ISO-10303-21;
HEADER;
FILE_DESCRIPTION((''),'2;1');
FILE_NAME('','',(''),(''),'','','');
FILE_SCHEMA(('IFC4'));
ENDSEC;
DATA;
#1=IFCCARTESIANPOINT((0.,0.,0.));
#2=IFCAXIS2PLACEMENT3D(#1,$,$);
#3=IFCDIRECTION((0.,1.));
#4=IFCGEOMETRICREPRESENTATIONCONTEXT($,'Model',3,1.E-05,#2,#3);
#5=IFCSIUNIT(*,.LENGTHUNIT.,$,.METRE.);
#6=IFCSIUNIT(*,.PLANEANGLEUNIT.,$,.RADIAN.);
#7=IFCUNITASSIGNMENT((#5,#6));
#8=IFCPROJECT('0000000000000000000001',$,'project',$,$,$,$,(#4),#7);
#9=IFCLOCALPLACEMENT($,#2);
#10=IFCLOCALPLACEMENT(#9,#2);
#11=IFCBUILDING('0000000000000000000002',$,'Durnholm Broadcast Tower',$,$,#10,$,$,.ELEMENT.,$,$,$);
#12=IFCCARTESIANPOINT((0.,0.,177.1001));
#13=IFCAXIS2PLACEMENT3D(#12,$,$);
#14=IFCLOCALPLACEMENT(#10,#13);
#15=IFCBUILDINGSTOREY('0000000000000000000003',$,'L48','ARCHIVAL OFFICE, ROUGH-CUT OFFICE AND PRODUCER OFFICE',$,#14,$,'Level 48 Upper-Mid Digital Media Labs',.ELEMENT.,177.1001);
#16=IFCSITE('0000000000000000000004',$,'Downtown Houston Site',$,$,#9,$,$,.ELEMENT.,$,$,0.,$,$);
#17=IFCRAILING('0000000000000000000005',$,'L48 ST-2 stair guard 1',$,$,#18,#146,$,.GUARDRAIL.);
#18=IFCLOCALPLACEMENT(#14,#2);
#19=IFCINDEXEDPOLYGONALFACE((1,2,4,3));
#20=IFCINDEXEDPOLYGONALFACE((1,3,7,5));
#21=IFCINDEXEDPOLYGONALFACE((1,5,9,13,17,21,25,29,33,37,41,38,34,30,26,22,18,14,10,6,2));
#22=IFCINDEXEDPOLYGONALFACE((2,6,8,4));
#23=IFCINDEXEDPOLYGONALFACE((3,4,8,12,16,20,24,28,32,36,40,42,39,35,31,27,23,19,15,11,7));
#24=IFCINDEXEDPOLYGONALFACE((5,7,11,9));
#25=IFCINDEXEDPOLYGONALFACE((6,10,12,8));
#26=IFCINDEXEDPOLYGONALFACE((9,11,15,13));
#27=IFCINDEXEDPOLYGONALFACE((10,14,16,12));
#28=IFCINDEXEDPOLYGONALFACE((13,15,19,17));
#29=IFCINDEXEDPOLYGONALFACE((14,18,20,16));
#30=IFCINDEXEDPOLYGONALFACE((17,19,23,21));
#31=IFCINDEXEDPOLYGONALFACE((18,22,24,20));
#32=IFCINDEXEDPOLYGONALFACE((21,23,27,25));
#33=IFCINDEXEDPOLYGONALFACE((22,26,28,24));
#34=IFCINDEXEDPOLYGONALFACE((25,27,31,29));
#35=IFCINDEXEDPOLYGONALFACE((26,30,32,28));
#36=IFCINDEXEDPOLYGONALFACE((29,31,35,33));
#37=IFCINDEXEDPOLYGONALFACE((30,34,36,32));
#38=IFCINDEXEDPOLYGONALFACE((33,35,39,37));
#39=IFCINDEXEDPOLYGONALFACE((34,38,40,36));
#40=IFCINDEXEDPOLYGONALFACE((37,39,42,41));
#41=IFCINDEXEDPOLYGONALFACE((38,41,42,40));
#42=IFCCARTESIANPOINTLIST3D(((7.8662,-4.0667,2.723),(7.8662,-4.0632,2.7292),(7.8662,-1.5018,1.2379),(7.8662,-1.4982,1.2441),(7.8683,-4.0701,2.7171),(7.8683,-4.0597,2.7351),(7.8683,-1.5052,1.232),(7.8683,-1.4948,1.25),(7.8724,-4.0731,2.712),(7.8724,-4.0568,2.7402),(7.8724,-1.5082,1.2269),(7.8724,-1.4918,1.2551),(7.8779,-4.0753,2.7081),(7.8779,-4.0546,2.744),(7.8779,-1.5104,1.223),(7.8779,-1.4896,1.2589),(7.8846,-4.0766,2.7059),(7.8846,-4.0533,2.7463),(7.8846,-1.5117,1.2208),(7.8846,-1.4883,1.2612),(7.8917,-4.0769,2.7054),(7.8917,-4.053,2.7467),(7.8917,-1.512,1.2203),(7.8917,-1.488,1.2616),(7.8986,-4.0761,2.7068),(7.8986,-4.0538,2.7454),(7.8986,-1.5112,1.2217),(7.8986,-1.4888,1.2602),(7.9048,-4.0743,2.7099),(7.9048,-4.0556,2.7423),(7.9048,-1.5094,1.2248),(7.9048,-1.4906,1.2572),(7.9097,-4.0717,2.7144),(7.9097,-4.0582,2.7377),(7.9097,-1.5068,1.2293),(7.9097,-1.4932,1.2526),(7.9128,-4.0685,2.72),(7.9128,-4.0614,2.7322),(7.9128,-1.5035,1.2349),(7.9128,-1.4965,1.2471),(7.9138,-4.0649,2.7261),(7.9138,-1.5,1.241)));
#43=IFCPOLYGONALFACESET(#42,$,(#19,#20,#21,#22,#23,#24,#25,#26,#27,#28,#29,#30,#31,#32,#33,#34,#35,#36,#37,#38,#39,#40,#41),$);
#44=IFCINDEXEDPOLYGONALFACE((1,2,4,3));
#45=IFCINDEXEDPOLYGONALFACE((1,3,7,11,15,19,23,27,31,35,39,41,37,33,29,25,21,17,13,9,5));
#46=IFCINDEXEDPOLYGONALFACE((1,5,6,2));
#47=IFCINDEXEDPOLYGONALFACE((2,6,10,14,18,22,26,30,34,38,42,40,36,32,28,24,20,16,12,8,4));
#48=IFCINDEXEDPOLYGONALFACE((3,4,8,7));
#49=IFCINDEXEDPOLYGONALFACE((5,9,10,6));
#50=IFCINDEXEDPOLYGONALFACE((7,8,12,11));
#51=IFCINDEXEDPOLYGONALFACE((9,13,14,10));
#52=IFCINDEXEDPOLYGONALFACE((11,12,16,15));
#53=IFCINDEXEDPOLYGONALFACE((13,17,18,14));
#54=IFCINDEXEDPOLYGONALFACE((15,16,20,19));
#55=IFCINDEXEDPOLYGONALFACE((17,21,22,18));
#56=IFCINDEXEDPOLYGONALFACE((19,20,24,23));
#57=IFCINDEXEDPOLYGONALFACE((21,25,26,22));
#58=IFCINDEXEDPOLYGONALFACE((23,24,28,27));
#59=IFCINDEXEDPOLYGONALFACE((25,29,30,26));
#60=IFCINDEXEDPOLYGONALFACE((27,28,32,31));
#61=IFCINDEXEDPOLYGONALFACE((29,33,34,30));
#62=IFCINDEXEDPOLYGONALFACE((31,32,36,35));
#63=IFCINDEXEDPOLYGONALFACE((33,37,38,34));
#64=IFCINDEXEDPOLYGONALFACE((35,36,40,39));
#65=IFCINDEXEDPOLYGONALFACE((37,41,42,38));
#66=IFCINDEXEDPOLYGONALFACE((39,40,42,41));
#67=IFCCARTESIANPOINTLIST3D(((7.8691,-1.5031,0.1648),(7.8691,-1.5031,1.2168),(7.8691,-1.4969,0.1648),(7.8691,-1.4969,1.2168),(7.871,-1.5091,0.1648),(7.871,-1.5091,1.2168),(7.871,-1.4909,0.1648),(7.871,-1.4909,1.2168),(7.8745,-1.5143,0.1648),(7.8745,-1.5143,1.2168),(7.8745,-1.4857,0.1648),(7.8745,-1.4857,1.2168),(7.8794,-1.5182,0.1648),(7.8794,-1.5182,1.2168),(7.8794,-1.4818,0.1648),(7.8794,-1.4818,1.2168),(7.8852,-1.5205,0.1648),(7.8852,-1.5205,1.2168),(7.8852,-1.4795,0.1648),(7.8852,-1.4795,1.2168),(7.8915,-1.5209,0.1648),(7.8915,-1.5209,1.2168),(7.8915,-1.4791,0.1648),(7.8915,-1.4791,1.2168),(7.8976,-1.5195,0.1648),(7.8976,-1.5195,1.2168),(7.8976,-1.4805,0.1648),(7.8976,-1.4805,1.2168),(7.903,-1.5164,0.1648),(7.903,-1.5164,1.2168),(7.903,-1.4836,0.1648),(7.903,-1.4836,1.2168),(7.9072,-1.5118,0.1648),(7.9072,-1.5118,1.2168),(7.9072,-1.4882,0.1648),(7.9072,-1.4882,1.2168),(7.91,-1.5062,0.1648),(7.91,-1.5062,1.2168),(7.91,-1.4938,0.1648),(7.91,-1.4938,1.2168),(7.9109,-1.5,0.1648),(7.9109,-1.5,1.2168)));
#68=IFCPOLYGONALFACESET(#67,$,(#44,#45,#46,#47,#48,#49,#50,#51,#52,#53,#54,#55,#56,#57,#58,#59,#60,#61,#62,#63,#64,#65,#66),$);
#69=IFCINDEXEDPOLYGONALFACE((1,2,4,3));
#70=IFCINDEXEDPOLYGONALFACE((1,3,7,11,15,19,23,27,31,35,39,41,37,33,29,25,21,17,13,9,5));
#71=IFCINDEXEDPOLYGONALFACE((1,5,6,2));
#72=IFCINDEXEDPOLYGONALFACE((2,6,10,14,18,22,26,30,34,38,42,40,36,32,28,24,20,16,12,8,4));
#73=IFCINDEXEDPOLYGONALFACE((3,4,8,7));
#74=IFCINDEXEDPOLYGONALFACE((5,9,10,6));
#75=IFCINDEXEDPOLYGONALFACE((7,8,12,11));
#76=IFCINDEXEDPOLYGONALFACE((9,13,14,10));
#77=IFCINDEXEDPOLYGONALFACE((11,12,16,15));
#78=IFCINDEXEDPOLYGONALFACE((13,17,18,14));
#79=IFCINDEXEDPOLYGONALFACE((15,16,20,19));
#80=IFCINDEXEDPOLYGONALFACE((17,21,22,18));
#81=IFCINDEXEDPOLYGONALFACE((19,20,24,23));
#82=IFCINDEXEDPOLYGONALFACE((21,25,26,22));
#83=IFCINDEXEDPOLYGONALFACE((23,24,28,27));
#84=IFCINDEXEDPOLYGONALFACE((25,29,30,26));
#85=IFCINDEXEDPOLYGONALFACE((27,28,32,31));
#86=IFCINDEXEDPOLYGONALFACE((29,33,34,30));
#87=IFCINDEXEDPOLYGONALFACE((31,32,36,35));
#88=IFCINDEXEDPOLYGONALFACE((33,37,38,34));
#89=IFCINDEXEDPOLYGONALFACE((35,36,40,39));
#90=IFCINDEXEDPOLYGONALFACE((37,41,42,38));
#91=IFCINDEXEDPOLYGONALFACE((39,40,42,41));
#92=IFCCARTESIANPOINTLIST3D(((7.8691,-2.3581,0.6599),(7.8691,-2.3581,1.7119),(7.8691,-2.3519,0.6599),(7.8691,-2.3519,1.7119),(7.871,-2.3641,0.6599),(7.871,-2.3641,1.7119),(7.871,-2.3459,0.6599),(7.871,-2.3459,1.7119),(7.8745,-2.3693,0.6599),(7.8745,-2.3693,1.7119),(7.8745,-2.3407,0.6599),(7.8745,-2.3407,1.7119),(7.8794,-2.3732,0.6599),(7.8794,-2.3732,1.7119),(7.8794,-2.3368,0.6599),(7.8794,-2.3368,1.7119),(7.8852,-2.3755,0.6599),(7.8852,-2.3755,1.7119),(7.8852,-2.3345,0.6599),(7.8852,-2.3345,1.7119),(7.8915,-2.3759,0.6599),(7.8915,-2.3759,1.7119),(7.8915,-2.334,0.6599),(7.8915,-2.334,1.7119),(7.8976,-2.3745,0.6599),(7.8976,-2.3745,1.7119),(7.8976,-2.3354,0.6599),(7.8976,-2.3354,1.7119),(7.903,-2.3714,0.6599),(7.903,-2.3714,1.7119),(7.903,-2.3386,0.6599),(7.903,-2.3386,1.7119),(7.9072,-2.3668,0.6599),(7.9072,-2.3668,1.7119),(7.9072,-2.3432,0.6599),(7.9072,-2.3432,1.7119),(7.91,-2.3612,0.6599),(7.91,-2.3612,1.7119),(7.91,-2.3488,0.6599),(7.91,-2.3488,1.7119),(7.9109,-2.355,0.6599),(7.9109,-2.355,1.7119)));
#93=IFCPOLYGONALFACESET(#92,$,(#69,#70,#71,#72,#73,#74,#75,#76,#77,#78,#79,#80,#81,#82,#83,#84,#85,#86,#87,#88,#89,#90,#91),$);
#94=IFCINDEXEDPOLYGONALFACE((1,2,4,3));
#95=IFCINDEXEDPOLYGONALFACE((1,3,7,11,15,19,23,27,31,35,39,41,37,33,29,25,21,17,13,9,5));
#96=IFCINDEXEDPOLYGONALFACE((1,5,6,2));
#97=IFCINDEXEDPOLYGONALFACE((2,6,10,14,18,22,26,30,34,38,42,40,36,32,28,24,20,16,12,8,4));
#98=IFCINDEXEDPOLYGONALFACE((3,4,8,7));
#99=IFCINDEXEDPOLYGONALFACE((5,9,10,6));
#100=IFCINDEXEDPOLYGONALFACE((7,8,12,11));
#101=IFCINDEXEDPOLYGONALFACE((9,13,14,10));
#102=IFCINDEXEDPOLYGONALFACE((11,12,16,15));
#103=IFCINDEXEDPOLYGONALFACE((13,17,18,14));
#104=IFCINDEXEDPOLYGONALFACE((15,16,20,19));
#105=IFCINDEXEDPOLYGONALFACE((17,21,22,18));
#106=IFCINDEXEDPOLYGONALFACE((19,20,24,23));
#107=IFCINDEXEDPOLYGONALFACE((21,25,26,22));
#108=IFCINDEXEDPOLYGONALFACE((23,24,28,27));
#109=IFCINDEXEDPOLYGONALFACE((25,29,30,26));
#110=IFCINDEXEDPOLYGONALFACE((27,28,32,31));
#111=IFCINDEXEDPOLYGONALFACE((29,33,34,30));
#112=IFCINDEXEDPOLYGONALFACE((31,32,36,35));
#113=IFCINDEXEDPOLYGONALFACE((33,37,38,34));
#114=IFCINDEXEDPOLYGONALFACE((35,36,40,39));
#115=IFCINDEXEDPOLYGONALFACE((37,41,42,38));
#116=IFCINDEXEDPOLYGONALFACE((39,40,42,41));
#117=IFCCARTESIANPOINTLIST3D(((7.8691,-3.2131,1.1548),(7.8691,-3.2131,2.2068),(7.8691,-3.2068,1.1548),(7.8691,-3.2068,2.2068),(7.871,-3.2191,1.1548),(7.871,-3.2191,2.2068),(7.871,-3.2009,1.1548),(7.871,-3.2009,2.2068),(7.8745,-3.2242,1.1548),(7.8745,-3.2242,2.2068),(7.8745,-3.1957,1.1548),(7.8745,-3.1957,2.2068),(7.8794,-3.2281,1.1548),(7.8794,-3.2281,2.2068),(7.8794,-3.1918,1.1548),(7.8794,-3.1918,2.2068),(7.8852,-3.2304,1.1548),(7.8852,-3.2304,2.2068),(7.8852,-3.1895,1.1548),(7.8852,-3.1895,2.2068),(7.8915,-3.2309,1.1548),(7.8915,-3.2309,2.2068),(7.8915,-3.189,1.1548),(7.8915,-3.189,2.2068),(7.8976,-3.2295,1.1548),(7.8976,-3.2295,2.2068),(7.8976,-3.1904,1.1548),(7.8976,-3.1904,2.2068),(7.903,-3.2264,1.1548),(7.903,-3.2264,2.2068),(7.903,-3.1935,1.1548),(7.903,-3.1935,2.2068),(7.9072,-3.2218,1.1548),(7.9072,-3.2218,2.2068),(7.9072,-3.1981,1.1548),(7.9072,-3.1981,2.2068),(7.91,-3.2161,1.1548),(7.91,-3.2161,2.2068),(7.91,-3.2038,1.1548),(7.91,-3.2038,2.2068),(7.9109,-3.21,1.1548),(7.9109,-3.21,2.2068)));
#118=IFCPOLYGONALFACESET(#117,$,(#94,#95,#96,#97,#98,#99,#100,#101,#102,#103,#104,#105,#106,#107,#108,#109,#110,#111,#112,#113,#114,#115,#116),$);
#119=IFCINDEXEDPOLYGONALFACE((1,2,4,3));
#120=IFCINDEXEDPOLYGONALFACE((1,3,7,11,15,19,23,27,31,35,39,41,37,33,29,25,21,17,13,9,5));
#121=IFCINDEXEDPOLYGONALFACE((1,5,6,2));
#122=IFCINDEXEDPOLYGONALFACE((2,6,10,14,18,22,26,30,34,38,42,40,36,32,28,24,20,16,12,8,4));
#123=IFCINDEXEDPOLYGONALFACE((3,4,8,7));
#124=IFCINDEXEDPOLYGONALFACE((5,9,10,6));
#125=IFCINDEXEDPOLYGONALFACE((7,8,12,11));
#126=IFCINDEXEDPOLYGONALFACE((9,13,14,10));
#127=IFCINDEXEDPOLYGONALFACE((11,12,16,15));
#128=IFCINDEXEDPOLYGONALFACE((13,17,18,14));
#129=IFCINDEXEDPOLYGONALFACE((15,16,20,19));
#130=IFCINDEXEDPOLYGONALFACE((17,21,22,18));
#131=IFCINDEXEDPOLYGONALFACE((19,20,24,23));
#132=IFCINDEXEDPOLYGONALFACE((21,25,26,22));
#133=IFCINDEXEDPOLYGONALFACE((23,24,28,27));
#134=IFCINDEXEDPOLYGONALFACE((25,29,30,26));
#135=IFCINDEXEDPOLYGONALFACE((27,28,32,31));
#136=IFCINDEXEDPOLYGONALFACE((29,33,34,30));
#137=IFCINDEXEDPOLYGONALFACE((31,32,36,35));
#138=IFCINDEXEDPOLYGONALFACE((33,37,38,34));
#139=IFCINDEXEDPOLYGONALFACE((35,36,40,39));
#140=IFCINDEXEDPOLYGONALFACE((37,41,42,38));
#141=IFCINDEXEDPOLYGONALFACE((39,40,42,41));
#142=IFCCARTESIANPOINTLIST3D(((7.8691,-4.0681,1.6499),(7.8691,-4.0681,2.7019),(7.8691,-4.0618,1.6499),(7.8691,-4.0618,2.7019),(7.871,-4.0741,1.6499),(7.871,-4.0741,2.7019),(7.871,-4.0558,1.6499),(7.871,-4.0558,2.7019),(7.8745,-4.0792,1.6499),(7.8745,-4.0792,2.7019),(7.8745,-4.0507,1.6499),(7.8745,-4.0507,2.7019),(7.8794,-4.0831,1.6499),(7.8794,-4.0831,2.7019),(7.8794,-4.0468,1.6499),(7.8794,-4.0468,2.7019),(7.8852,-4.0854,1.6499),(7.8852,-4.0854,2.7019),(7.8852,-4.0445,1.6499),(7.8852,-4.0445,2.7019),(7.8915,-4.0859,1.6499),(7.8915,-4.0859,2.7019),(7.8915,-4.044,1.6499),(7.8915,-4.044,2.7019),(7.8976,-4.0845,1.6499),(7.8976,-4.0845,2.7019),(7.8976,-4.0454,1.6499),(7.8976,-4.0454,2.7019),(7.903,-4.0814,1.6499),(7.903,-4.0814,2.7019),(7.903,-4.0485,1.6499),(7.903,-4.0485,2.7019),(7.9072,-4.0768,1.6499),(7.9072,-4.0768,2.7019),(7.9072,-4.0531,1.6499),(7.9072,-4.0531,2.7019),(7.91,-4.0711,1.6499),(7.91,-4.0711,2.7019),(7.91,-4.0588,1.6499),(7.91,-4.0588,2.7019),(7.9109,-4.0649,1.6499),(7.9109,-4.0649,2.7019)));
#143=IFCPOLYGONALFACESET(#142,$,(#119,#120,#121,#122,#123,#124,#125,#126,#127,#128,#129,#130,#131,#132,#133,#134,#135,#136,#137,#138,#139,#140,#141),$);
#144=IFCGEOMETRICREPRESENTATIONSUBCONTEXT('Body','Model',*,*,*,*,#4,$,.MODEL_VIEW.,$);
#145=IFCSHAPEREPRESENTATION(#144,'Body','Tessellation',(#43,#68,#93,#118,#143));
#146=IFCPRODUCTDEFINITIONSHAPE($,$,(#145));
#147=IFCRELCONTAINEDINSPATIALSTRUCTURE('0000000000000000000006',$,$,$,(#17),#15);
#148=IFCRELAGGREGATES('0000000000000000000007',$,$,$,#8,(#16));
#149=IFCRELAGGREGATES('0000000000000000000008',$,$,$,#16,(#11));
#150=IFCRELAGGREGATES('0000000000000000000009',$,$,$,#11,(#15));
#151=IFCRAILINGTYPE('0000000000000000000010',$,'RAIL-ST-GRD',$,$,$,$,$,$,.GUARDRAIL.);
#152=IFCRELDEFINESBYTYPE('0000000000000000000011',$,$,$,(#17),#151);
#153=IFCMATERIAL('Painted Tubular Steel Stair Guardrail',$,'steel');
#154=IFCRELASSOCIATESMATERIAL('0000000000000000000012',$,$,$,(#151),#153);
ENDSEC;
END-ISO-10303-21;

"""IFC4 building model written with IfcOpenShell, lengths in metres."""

from ifc_helpers import new_model, si_unit, direction, frame, origin, origin_2d, place, context, subcontext, project, spatial, circle, extrude, material, type_object, element, save


model = new_model("IFC4")

# Units and contexts
model_context = context("Model", 3, precision=1e-05, world=origin(), true_north=direction((0.0, 1.0)))
body_context = subcontext(model_context, "Body", "Model", "MODEL_VIEW")
ifc_project = project(units=[si_unit("LENGTHUNIT", "METRE"), si_unit("PLANEANGLEUNIT", "RADIAN")], contexts=[model_context])

# Site, building, storey
site_placement = place(None, origin())
site = spatial("IfcSite", under=ifc_project, at=site_placement, Name="Downtown Houston Site", CompositionType="ELEMENT", RefElevation=0.0)
building_placement = place(site_placement, origin())
building = spatial("IfcBuilding", under=site, at=building_placement, Name="Durnholm Broadcast Tower", CompositionType="ELEMENT")
storey_placement = place(building_placement, frame((0.0, 0.0, 177.1001)))
storey = spatial("IfcBuildingStorey", under=building, at=storey_placement, Name="L48", Description="ARCHIVAL OFFICE, ROUGH-CUT OFFICE AND PRODUCER OFFICE", LongName="Level 48 Upper-Mid Digital Media Labs", CompositionType="ELEMENT", Elevation=177.1001)

# Railing
ifc_material_1 = material(Name="Painted Tubular Steel Stair Guardrail", Category="steel")
railing_type = type_object("IfcRailingType", Name="RAIL-ST-GRD", PredefinedType="GUARDRAIL", material=ifc_material_1)
railing_1_placement = place(storey_placement, frame((7.8899, -1.5, 0.1648)))
element("IfcRailing", 1, at=railing_1_placement, inside=storey, type_object=railing_type, Name="L48 ST-2 stair guard 1", PredefinedType="GUARDRAIL", context=body_context, shape_type="SweptSolid", body=[
    extrude(circle(Radius=0.0239, at=origin_2d()), frame((0.0, 0.0, 1.0762), z_axis=(0.0, -0.865406, 0.501072), x_axis=(1.0, 0.0, 0.0)), (0.0, 0.0, 1.0), 2.9639),
    extrude(circle(Radius=0.021, at=origin_2d()), origin(), (0.0, 0.0, 1.0), 1.052),
    extrude(circle(Radius=0.021, at=origin_2d()), frame((0.0, -0.855, 0.4951)), (0.0, 0.0, 1.0), 1.052),
    extrude(circle(Radius=0.021, at=origin_2d()), frame((0.0, -1.71, 0.99)), (0.0, 0.0, 1.0), 1.052),
    extrude(circle(Radius=0.021, at=origin_2d()), frame((0.0, -2.5649, 1.4851)), (0.0, 0.0, 1.0), 1.052),
])

save(model, "model.ifc")
